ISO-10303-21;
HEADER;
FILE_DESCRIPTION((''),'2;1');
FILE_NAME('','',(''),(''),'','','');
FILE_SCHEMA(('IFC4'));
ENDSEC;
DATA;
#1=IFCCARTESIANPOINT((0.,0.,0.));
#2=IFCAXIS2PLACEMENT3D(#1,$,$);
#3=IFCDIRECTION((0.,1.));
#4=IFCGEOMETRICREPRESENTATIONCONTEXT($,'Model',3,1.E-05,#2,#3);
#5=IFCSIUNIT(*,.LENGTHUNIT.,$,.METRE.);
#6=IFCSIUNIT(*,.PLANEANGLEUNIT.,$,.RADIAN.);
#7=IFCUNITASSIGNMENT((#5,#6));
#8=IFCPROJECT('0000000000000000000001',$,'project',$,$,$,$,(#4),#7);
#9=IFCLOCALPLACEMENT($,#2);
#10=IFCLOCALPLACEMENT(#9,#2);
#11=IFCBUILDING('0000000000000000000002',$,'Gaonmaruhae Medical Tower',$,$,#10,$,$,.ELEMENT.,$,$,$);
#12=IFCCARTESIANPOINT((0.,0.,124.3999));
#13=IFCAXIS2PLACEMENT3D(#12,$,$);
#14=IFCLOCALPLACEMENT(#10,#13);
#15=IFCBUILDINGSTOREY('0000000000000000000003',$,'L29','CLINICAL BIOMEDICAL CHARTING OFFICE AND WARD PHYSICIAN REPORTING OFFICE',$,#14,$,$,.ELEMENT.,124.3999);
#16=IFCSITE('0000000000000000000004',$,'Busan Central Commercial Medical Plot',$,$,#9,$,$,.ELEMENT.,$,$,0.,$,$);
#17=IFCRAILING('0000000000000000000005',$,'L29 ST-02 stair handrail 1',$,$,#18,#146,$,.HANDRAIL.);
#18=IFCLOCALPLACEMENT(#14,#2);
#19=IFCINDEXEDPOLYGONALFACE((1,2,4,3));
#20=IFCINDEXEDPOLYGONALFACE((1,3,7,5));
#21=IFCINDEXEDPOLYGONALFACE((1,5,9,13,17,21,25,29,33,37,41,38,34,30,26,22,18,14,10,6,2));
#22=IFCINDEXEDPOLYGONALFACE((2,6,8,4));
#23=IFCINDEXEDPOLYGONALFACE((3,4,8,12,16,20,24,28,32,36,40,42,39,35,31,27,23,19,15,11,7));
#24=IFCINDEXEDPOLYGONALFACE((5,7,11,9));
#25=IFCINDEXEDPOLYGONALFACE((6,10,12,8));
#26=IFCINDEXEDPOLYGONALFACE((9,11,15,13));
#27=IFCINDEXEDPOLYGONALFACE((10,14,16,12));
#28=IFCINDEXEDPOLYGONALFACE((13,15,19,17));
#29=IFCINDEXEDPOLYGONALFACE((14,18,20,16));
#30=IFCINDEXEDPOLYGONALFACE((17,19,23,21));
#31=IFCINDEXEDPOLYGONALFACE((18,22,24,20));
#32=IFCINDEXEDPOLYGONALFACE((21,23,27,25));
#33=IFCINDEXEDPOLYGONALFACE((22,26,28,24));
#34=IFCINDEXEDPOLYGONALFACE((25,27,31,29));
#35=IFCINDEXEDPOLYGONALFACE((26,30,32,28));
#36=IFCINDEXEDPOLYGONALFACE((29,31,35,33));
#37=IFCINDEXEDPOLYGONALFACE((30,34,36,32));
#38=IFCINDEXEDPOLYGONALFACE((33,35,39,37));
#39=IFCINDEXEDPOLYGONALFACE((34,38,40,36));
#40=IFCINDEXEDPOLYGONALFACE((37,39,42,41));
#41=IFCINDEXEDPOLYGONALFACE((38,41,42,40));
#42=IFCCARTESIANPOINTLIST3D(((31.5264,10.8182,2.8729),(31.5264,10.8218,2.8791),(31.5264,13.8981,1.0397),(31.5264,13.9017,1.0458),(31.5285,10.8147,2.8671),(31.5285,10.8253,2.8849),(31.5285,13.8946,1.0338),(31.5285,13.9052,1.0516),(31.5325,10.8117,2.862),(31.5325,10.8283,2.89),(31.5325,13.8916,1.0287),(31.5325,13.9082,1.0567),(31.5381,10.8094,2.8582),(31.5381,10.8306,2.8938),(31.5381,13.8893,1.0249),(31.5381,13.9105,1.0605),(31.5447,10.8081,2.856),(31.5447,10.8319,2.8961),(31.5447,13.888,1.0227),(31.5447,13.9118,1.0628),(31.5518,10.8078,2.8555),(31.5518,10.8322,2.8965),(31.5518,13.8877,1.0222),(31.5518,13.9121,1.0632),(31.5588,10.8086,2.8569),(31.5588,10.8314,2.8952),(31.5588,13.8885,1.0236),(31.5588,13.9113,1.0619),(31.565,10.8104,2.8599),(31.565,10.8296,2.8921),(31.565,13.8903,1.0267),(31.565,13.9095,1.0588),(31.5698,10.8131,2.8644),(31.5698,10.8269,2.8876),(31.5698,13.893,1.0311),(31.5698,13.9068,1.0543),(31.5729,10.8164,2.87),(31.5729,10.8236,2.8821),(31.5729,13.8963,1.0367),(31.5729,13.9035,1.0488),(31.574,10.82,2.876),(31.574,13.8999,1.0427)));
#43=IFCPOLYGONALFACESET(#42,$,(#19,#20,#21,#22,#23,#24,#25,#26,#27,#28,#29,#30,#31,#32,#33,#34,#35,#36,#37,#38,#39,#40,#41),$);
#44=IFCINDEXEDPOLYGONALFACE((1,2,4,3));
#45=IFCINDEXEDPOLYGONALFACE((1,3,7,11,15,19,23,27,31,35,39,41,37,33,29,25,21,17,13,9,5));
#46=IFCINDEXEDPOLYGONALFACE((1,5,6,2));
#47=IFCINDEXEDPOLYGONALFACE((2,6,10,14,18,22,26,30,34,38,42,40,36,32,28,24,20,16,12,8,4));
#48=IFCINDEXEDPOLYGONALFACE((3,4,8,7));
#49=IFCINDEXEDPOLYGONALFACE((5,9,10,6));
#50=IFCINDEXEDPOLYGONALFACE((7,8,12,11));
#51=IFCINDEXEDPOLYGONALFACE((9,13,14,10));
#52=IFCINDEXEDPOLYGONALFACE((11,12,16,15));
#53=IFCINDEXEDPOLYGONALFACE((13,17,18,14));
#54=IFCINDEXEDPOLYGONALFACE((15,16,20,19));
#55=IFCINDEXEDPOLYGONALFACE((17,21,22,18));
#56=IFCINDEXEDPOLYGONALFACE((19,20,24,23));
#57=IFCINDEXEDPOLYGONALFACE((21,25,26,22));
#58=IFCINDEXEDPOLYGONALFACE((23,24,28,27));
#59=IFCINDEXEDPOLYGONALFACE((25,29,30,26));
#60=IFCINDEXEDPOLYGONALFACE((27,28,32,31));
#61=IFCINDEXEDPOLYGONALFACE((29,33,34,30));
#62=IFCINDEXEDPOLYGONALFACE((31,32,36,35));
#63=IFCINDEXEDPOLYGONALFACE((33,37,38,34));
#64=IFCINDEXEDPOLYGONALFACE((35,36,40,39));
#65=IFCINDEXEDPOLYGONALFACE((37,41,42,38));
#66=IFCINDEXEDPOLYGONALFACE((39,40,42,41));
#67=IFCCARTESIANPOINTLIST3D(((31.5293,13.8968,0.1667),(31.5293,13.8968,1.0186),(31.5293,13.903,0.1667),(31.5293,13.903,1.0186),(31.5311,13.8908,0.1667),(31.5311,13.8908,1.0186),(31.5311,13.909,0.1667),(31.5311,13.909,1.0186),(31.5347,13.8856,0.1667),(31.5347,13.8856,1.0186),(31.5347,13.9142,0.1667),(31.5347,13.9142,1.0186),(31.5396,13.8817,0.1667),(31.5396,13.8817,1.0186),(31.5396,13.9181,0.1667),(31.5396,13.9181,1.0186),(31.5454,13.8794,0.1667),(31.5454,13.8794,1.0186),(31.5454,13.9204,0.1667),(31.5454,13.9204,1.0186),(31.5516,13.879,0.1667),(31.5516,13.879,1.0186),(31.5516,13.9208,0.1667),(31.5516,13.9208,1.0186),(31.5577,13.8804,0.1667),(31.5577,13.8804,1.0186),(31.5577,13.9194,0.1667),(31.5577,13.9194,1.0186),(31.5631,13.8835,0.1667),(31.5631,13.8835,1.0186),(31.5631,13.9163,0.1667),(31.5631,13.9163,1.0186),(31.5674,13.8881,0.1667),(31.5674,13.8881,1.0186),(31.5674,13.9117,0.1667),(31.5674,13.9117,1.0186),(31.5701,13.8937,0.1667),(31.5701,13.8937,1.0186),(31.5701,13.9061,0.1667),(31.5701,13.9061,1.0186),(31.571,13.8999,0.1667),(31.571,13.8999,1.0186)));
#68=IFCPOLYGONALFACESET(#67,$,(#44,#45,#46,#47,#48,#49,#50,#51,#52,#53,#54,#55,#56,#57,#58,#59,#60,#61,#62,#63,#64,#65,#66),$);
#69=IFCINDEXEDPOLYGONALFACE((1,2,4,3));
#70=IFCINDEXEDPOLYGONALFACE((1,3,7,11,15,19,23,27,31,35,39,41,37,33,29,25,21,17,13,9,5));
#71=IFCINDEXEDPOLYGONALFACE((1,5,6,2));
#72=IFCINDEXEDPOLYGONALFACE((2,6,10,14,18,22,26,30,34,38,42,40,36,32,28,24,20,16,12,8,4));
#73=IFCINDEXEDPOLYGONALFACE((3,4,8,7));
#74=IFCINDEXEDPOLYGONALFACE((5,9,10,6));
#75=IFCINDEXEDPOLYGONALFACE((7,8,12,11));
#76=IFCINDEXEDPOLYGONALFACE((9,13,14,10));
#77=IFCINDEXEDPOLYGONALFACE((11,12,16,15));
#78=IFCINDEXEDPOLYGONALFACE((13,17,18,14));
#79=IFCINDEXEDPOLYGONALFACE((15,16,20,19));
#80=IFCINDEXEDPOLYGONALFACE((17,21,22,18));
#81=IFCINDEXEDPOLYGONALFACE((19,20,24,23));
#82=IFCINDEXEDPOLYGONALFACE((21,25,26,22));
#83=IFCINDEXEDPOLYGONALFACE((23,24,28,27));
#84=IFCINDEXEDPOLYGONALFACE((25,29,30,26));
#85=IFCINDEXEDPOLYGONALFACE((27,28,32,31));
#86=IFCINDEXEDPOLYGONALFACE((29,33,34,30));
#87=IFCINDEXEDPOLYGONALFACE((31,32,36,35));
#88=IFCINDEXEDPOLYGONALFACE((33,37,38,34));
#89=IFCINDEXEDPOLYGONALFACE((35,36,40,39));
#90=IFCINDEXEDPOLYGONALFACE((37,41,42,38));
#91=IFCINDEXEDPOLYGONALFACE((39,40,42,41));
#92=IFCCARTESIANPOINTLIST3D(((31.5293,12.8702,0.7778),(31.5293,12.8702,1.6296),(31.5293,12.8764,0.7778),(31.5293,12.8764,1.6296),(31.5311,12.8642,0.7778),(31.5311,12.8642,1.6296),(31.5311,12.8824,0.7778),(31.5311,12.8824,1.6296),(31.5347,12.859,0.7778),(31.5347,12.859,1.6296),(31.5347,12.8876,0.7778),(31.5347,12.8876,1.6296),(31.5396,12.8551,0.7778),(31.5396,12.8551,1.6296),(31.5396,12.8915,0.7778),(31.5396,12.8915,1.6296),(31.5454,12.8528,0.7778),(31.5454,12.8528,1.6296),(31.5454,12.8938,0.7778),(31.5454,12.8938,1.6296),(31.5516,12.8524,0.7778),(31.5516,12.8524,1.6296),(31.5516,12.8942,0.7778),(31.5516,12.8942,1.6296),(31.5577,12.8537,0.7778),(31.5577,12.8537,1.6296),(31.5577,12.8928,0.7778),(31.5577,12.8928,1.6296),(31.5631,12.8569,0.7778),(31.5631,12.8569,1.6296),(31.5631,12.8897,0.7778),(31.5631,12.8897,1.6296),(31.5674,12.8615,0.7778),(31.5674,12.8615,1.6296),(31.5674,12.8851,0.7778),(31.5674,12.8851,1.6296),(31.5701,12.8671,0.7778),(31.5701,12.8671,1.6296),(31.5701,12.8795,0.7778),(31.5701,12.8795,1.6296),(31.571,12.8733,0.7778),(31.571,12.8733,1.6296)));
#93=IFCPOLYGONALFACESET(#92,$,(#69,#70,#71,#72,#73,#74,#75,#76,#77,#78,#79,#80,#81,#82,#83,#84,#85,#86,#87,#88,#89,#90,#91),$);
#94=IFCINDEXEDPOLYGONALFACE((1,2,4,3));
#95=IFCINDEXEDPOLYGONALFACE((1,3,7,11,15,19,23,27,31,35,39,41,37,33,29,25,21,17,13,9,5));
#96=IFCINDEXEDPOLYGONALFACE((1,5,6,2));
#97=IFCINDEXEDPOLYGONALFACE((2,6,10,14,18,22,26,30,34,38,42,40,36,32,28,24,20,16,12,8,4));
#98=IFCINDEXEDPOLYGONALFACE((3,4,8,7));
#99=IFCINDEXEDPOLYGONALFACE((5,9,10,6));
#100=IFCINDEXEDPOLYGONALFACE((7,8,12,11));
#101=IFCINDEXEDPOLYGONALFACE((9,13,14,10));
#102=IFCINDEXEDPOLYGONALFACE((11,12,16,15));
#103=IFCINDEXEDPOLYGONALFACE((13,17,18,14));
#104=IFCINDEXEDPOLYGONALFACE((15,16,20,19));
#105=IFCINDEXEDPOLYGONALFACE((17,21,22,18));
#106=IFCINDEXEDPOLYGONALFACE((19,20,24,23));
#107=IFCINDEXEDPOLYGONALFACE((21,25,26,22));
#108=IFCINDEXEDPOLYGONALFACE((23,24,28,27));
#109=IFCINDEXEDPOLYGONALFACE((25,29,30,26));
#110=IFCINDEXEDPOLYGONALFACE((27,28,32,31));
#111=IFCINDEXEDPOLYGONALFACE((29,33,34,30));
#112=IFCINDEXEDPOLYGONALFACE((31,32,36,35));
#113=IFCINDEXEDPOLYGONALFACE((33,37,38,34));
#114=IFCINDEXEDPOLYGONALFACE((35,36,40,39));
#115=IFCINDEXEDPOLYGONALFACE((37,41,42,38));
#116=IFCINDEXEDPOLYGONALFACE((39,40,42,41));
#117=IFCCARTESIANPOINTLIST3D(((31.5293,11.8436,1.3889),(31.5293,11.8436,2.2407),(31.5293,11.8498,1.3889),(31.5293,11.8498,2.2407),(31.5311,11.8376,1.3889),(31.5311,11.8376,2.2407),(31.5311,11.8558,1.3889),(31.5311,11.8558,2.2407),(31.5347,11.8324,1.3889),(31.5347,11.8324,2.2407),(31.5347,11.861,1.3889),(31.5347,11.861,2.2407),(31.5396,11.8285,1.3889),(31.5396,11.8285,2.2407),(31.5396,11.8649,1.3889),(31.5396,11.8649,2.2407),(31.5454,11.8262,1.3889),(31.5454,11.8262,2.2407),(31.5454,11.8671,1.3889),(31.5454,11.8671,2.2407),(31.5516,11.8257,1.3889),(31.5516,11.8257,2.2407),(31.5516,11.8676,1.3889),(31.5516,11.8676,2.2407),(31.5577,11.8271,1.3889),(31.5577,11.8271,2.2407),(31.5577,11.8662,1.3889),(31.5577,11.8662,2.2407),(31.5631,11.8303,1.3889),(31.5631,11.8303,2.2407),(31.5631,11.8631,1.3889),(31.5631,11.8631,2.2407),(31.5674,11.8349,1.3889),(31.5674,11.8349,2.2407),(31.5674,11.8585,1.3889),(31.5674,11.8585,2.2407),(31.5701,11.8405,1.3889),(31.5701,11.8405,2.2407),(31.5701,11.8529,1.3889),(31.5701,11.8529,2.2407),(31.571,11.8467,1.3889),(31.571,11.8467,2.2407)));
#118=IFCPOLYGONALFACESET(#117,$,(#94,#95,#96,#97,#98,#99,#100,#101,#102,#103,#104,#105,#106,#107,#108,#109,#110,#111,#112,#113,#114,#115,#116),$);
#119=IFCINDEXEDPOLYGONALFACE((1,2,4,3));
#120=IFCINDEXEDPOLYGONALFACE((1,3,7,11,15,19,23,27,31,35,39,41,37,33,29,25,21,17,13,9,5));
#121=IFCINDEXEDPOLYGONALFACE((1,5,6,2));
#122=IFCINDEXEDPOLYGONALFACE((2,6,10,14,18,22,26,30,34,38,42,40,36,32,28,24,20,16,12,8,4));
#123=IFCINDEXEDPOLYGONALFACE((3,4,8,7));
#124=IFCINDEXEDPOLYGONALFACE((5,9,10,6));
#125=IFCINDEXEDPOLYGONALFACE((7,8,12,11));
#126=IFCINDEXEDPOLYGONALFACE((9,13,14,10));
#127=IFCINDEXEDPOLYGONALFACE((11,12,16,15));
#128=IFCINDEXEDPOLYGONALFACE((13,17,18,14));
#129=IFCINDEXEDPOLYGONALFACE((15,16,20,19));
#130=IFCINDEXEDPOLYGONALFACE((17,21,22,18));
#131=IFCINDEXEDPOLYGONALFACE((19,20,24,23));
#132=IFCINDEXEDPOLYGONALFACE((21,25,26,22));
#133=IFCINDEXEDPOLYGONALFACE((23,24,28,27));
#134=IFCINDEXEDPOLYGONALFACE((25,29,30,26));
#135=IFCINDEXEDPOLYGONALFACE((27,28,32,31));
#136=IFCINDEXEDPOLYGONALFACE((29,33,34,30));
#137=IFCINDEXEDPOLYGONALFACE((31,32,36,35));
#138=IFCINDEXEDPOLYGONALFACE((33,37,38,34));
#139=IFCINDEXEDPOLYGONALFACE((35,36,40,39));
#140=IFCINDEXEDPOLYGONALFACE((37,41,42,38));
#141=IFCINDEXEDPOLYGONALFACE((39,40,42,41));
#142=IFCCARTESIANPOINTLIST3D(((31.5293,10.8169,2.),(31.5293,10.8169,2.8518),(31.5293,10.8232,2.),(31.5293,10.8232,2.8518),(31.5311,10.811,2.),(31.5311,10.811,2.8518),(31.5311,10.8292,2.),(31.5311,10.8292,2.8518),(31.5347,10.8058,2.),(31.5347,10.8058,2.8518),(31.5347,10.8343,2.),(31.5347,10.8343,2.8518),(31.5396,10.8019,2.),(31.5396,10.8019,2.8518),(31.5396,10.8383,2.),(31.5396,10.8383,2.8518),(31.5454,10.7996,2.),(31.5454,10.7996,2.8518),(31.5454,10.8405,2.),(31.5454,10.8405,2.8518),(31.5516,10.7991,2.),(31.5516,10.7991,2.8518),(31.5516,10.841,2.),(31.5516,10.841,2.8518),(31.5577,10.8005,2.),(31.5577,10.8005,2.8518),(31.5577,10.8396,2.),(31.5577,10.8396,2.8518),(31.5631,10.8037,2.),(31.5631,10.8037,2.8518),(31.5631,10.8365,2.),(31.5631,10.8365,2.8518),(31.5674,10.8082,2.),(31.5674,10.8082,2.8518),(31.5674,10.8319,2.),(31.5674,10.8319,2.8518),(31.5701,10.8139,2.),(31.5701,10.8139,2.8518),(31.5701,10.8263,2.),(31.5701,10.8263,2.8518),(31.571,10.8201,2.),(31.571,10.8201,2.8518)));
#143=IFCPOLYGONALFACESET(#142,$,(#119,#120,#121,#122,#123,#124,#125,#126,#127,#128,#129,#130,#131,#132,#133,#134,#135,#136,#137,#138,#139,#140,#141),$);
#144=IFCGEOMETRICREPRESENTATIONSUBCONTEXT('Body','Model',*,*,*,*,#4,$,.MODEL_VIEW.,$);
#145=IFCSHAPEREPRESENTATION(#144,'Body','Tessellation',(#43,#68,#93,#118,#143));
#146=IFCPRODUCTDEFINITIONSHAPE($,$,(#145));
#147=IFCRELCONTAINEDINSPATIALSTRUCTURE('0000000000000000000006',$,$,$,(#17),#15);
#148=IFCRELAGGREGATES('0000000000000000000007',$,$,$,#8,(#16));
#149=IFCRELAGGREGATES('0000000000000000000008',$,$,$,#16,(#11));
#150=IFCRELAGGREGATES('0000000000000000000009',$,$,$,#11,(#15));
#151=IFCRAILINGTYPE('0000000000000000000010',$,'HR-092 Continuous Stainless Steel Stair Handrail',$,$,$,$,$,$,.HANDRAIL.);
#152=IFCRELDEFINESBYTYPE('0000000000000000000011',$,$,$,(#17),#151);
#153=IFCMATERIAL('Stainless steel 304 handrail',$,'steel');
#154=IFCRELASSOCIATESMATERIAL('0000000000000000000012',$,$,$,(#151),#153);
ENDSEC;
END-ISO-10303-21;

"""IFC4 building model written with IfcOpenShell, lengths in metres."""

from ifc_helpers import new_model, si_unit, direction, frame, origin, origin_2d, place, context, subcontext, project, spatial, circle, extrude, material, type_object, element, save


model = new_model("IFC4")

# Units and contexts
model_context = context("Model", 3, precision=1e-05, world=origin(), true_north=direction((0.0, 1.0)))
body_context = subcontext(model_context, "Body", "Model", "MODEL_VIEW")
ifc_project = project(units=[si_unit("LENGTHUNIT", "METRE"), si_unit("PLANEANGLEUNIT", "RADIAN")], contexts=[model_context])

# Site, building, storey
site_placement = place(None, origin())
site = spatial("IfcSite", under=ifc_project, at=site_placement, Name="Busan Central Commercial Medical Plot", CompositionType="ELEMENT", RefElevation=0.0)
building_placement = place(site_placement, origin())
building = spatial("IfcBuilding", under=site, at=building_placement, Name="Gaonmaruhae Medical Tower", CompositionType="ELEMENT")
storey_placement = place(building_placement, frame((0.0, 0.0, 124.3999)))
storey = spatial("IfcBuildingStorey", under=building, at=storey_placement, Name="L29", Description="CLINICAL BIOMEDICAL CHARTING OFFICE AND WARD PHYSICIAN REPORTING OFFICE", CompositionType="ELEMENT", Elevation=124.3999)

# Railing
ifc_material_1 = material(Name="Stainless steel 304 handrail", Category="steel")
railing_type_1 = type_object("IfcRailingType", Name="HR-092 Continuous Stainless Steel Stair Handrail", PredefinedType="HANDRAIL", material=ifc_material_1)
railing_1_placement = place(storey_placement, frame((31.55, 13.8999, 0.1667)))
element("IfcRailing", 1, at=railing_1_placement, inside=storey, type_object=railing_type_1, Name="L29 ST-02 stair handrail 1", PredefinedType="HANDRAIL", context=body_context, shape_type="SweptSolid", body=[
    extrude(circle(Radius=0.0239, at=origin_2d()), frame((0.0, 0.0, 0.876), z_axis=(0.0, -0.859291, 0.511487), x_axis=(1.0, 0.0, 0.0)), (0.0, 0.0, 1.0), 3.5842),
    extrude(circle(Radius=0.021, at=origin_2d()), origin(), (0.0, 0.0, 1.0), 0.8518),
    extrude(circle(Radius=0.021, at=origin_2d()), frame((0.0, -1.0266, 0.6111)), (0.0, 0.0, 1.0), 0.8518),
    extrude(circle(Radius=0.021, at=origin_2d()), frame((0.0, -2.0532, 1.2222)), (0.0, 0.0, 1.0), 0.8518),
    extrude(circle(Radius=0.021, at=origin_2d()), frame((0.0, -3.0798, 1.8333)), (0.0, 0.0, 1.0), 0.8518),
])

save(model, "model.ifc")
